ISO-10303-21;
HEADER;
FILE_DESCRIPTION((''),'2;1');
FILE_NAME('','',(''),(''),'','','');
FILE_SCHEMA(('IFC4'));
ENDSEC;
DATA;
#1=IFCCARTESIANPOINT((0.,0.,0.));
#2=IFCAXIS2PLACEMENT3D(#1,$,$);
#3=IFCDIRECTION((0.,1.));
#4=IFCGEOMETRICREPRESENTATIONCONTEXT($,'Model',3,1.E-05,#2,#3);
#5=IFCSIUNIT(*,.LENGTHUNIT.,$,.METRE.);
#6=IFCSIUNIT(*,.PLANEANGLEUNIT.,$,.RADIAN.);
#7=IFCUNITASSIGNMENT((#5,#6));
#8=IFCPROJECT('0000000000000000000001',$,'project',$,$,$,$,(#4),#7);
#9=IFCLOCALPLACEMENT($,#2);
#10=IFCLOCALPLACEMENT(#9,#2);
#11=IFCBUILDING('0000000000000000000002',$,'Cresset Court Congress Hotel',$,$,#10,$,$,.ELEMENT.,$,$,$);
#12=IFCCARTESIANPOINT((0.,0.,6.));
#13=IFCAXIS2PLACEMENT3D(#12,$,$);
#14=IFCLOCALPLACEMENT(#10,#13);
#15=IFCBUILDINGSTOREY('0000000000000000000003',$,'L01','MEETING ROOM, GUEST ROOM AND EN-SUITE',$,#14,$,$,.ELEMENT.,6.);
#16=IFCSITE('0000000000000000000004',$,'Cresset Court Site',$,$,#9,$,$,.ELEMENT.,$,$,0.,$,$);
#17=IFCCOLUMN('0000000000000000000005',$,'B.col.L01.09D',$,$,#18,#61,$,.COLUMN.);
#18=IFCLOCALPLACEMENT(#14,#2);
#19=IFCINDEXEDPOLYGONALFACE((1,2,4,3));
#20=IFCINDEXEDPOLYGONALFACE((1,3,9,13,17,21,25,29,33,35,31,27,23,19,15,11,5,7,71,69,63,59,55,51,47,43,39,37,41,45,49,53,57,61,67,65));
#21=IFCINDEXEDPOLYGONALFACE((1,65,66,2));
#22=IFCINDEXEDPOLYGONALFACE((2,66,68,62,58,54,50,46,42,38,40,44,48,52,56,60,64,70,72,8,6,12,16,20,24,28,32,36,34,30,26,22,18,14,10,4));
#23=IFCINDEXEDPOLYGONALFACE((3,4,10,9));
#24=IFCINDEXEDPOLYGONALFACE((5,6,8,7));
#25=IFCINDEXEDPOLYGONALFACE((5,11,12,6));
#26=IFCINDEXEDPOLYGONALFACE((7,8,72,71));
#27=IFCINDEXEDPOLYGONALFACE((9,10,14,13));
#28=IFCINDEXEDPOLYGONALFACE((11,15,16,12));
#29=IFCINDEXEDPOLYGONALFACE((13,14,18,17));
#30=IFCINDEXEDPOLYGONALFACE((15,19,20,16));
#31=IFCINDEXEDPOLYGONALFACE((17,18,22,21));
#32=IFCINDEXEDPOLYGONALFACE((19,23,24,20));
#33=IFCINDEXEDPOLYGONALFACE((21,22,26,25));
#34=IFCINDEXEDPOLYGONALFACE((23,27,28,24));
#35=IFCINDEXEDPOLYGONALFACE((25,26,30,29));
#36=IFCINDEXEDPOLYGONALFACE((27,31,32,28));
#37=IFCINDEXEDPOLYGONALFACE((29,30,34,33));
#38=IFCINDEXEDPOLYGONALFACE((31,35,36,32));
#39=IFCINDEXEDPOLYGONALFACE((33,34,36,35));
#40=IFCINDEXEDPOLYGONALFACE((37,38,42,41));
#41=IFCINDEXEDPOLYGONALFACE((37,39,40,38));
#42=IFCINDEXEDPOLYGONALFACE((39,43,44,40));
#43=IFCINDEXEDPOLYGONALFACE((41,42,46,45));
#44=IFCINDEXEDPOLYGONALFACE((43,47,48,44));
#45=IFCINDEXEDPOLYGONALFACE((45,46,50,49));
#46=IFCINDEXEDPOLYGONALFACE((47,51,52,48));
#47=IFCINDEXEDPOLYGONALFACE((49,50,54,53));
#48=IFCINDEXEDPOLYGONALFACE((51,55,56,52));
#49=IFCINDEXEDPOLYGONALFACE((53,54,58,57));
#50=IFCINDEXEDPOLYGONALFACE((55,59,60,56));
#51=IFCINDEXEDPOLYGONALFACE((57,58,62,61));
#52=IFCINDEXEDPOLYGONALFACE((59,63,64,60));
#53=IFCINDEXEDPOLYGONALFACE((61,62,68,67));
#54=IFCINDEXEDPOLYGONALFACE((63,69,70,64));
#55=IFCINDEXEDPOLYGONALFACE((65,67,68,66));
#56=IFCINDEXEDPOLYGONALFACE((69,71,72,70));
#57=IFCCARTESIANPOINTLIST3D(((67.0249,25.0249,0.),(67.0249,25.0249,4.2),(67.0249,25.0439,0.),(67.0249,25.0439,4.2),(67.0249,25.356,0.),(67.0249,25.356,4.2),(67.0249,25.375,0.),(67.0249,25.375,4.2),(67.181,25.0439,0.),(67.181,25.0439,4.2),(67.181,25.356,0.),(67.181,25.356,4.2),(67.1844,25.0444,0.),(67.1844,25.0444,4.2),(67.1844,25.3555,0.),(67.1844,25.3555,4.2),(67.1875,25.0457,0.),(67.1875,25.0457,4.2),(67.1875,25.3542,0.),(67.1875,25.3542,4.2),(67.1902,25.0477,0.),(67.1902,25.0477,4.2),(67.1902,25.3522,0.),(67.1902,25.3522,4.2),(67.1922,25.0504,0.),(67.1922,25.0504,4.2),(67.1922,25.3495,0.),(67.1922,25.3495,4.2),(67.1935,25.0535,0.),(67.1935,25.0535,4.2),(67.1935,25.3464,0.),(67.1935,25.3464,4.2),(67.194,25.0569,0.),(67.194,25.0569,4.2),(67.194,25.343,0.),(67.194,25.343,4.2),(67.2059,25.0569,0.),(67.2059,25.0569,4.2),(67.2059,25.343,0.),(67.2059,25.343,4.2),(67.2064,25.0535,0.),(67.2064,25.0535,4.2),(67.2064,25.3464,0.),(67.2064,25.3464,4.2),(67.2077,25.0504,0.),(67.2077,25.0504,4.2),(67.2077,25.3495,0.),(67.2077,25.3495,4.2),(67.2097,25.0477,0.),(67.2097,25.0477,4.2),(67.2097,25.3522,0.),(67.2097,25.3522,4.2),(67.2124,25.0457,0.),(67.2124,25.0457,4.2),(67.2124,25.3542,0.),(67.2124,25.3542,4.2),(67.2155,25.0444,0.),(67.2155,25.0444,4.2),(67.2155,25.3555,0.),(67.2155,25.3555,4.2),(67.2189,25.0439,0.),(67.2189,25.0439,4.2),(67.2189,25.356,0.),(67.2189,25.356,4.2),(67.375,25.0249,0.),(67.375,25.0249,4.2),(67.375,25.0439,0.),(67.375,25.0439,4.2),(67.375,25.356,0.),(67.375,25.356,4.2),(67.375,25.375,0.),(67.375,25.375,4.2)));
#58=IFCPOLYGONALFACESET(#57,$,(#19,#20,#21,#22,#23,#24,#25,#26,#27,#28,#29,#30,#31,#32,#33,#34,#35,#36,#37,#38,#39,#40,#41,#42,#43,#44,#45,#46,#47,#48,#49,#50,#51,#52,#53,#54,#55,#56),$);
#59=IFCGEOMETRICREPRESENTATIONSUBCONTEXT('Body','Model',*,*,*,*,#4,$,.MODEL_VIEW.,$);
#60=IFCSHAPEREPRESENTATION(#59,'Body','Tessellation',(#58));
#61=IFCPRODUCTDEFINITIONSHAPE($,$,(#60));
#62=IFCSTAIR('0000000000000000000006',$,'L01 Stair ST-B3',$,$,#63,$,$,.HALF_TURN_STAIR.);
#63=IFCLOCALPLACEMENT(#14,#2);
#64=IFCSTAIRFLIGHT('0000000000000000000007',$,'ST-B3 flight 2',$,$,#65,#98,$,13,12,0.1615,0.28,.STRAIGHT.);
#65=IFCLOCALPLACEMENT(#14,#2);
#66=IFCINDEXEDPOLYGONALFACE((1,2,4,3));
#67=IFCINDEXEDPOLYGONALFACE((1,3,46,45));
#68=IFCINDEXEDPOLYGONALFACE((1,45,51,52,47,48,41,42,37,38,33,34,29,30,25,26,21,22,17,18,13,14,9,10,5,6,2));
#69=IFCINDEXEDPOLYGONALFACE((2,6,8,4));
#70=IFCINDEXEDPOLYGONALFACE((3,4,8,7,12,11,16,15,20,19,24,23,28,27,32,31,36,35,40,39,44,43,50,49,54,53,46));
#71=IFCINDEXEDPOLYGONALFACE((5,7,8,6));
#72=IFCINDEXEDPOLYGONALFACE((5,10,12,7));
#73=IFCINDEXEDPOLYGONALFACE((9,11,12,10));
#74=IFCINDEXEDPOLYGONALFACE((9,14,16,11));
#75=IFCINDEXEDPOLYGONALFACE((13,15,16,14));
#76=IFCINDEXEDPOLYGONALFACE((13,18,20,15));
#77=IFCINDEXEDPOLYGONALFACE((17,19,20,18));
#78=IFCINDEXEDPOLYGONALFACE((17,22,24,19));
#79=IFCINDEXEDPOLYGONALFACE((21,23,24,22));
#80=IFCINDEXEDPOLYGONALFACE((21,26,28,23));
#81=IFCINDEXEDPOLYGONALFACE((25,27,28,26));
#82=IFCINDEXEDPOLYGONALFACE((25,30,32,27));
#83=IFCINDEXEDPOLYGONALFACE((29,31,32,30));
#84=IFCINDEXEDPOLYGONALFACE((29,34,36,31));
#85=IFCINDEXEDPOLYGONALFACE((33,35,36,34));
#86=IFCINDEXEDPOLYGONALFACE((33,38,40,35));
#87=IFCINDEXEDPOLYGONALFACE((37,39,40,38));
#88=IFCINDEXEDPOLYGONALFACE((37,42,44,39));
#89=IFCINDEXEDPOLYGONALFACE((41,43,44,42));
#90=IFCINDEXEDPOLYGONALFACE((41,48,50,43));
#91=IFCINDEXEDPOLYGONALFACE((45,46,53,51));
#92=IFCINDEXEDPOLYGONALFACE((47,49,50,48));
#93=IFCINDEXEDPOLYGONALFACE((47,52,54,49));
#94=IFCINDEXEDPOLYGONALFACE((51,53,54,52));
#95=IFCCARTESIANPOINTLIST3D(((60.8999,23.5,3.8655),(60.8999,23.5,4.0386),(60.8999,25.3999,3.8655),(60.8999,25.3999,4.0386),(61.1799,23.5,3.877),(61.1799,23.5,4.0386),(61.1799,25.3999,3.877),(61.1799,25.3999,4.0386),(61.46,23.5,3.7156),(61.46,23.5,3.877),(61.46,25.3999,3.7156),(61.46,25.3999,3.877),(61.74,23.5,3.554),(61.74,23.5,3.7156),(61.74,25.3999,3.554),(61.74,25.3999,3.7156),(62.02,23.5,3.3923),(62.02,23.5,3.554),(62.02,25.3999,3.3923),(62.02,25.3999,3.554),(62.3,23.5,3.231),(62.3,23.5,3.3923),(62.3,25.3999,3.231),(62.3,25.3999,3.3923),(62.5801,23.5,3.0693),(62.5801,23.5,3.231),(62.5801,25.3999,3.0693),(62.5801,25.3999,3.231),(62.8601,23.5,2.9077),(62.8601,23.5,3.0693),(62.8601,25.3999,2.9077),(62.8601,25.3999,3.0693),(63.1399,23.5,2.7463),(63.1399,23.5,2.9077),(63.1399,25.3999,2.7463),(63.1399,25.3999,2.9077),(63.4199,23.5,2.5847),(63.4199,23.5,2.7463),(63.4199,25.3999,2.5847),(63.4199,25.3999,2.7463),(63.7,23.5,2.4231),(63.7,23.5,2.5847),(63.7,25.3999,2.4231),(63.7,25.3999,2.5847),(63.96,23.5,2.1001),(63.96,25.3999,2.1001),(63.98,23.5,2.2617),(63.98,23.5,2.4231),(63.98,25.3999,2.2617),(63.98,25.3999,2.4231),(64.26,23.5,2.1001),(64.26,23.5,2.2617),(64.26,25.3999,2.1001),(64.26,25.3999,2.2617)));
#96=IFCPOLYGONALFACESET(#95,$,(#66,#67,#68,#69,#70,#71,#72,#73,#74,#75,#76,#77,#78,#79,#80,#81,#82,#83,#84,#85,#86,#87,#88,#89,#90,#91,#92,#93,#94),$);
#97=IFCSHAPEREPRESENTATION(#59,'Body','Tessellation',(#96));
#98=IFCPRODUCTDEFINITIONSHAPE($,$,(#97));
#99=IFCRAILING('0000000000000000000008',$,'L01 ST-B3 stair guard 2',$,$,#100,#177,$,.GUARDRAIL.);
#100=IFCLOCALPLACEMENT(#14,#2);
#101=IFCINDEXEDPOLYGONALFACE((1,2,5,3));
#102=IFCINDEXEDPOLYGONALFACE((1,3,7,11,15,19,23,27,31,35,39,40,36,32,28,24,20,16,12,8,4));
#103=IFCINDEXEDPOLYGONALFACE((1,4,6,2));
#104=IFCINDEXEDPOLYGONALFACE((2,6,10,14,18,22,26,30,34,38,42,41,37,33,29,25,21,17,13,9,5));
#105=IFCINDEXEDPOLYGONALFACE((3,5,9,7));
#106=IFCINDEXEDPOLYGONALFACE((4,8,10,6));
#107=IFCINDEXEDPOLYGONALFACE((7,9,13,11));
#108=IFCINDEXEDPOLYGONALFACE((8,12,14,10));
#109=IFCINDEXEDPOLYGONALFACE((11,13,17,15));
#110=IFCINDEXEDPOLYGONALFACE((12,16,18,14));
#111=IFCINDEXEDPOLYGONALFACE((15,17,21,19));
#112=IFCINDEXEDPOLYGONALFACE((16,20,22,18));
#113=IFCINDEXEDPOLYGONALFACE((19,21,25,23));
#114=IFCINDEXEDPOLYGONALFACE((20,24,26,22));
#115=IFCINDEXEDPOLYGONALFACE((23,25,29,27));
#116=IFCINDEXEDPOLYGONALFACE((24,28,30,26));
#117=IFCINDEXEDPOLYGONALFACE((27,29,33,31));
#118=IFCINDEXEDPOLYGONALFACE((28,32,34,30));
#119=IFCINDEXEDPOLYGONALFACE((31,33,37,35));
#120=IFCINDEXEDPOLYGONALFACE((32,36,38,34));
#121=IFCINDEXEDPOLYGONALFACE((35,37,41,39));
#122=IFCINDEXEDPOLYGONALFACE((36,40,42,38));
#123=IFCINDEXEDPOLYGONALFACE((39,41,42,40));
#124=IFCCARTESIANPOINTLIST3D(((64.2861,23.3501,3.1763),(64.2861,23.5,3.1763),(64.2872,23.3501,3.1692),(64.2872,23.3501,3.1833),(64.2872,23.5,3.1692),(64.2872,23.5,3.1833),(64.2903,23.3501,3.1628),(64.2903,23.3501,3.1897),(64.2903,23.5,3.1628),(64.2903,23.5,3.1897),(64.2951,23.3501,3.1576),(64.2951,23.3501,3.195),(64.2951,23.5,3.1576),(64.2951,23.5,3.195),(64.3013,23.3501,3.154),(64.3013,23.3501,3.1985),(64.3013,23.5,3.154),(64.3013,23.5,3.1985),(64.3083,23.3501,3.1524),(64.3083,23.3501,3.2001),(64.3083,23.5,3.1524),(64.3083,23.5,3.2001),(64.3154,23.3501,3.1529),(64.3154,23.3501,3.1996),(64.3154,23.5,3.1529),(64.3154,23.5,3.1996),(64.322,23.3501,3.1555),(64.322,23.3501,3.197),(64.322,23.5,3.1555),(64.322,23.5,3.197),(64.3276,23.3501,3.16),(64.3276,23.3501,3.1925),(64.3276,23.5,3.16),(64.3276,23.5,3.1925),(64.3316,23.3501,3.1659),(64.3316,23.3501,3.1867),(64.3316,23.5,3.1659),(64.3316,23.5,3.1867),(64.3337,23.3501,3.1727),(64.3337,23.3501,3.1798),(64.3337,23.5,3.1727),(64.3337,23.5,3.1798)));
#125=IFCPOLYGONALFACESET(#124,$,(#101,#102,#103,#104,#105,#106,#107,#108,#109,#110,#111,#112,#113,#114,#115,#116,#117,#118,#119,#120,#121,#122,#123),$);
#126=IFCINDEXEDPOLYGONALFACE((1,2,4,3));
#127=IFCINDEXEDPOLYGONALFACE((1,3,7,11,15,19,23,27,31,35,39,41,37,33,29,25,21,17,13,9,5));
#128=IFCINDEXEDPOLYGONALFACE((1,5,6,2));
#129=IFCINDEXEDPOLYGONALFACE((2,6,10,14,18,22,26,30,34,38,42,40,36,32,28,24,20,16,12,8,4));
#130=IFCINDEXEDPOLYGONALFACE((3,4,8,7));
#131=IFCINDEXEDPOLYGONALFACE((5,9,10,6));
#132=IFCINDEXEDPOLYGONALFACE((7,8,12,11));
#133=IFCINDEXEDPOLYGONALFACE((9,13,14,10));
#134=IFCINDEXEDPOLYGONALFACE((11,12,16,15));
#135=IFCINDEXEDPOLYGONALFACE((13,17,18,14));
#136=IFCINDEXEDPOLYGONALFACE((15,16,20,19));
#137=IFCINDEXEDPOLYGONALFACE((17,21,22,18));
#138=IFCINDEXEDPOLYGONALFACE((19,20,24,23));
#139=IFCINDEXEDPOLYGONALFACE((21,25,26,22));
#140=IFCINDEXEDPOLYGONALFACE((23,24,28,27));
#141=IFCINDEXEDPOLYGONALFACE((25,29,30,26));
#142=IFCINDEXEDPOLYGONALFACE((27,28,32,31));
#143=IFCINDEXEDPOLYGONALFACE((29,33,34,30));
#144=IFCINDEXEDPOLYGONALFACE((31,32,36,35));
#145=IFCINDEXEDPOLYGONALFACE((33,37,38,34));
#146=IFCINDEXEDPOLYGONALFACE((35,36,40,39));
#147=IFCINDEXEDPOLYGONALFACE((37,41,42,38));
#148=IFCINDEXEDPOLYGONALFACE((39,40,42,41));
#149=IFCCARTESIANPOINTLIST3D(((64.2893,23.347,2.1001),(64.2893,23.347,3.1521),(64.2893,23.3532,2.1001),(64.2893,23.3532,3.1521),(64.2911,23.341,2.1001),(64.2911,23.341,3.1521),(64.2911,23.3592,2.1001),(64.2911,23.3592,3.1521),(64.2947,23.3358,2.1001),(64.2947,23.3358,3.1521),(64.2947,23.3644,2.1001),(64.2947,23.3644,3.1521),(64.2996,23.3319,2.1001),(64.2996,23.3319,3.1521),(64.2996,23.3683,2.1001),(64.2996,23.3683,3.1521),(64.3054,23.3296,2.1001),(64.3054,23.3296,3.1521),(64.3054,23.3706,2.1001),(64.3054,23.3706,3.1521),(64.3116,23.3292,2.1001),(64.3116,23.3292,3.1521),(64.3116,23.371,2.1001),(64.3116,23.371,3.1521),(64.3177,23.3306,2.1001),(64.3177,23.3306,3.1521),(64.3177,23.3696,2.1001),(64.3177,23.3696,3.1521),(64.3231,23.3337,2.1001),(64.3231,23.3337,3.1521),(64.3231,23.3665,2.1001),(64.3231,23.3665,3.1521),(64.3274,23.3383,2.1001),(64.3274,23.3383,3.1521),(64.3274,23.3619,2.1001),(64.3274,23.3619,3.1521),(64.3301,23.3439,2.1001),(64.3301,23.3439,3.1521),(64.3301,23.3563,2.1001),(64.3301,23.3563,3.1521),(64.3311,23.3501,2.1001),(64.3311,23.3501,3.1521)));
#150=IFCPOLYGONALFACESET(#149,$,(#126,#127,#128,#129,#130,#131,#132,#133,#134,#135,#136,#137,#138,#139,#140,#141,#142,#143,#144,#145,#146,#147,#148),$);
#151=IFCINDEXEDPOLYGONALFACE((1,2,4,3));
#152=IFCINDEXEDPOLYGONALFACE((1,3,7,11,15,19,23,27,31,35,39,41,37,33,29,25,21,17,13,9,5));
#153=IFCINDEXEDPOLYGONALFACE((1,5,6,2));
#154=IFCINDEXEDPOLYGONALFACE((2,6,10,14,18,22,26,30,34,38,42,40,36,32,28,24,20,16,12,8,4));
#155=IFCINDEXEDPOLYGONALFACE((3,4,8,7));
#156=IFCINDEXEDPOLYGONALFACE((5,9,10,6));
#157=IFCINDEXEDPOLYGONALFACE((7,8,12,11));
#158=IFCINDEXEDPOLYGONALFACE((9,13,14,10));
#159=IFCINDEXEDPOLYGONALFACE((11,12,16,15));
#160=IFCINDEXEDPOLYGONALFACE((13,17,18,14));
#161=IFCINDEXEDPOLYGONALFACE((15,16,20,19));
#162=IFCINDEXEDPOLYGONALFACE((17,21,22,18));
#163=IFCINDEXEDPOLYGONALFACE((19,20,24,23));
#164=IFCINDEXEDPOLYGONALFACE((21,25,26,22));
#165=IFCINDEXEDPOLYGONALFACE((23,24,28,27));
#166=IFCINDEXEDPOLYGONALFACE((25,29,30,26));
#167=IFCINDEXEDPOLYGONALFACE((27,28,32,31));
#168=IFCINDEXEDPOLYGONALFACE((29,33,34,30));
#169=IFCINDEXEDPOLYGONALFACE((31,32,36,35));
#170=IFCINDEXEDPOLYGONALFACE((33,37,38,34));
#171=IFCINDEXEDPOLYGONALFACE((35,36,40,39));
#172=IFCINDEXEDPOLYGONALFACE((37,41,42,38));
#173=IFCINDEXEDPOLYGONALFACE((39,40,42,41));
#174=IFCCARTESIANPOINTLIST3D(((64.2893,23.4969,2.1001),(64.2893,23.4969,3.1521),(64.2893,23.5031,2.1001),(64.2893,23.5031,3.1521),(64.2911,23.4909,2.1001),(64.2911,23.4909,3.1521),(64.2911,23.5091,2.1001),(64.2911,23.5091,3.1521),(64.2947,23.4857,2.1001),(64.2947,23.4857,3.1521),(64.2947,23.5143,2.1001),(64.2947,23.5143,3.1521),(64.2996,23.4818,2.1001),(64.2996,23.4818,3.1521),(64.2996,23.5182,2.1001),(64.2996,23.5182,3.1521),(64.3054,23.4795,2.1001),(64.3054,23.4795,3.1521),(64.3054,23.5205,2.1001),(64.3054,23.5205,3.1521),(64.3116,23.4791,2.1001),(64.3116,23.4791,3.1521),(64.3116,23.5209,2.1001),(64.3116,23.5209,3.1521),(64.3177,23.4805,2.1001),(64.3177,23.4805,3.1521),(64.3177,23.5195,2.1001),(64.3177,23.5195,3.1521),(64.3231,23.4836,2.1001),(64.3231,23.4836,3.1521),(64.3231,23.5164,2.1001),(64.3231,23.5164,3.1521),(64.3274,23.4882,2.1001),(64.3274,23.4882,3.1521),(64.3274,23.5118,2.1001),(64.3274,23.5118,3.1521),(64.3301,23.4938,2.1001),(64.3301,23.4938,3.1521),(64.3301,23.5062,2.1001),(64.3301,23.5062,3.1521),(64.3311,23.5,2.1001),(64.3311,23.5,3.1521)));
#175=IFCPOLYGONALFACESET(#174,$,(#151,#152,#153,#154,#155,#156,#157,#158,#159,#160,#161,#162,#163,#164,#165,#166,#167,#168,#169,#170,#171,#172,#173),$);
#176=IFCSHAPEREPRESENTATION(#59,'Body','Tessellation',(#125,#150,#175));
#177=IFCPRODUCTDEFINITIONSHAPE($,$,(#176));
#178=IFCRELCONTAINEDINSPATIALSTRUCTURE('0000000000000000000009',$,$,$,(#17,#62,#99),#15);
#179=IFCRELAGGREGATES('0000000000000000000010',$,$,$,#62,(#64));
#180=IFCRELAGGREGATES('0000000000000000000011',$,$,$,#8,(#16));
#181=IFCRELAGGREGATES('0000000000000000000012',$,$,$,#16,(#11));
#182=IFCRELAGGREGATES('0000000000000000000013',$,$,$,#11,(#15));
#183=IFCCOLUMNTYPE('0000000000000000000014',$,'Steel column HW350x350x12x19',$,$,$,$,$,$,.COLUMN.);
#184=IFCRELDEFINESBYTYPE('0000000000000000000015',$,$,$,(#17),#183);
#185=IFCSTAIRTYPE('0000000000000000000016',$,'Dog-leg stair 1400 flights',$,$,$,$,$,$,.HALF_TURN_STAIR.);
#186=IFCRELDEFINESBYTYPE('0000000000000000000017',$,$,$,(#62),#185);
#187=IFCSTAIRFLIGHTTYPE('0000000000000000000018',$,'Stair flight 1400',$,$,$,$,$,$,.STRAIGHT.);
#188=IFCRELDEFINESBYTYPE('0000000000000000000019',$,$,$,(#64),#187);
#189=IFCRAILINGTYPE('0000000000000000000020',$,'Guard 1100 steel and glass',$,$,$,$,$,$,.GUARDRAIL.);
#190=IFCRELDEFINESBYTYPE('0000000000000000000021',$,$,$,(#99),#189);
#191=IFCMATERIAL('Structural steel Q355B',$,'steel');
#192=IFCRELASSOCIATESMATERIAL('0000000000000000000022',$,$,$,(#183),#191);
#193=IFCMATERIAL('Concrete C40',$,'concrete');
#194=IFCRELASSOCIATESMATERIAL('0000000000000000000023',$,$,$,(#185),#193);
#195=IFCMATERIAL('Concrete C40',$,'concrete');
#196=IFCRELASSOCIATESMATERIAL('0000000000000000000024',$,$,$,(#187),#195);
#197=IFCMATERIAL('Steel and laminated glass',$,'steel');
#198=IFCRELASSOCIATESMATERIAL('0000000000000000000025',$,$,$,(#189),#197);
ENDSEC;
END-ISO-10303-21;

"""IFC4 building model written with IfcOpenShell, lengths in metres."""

from ifc_helpers import new_model, si_unit, direction, frame, origin, origin_2d, place, context, subcontext, project, spatial, polyline, circle, i_section, outline, extrude, material, material_profile, profile_set, type_object, element, aggregate, save


model = new_model("IFC4")

# Units and contexts
model_context = context("Model", 3, precision=1e-05, world=origin(), true_north=direction((0.0, 1.0)))
body_context = subcontext(model_context, "Body", "Model", "MODEL_VIEW")
ifc_project = project(units=[si_unit("LENGTHUNIT", "METRE"), si_unit("PLANEANGLEUNIT", "RADIAN")], contexts=[model_context])

# Site, building, storey
site_placement = place(None, origin())
site = spatial("IfcSite", under=ifc_project, at=site_placement, Name="Cresset Court Site", CompositionType="ELEMENT", RefElevation=0.0)
building_placement = place(site_placement, origin())
building = spatial("IfcBuilding", under=site, at=building_placement, Name="Cresset Court Congress Hotel", CompositionType="ELEMENT")
storey_placement = place(building_placement, frame((0.0, 0.0, 6.0)))
storey = spatial("IfcBuildingStorey", under=building, at=storey_placement, Name="L01", Description="MEETING ROOM, GUEST ROOM AND EN-SUITE", CompositionType="ELEMENT", Elevation=6.0)

# Column
ifc_material_1 = material(Name="Structural steel Q355B", Category="steel")
ifc_material_profile = material_profile(ifc_material_1, i_section(OverallWidth=0.3501, OverallDepth=0.3501, WebThickness=0.012, FlangeThickness=0.019, FilletRadius=0.0129, at=origin_2d()), Name="HW350x350x12x19")
ifc_profile_set = profile_set([ifc_material_profile], Name="Structural steel Q355B")
column_type = type_object("IfcColumnType", Name="Steel column HW350x350x12x19", PredefinedType="COLUMN", material=ifc_profile_set)
column_placement = place(storey_placement, frame((67.2, 25.2, 0.0), z_axis=(0.0, 0.0, 1.0), x_axis=(1.0, 0.0, 0.0)))
element("IfcColumn", 1, at=column_placement, inside=storey, type_object=column_type, Name="B.col.L01.09D", PredefinedType="COLUMN", context=body_context, shape_type="SweptSolid", body=[
    extrude(i_section(OverallWidth=0.3501, OverallDepth=0.3501, WebThickness=0.012, FlangeThickness=0.019, FilletRadius=0.0129, at=origin_2d()), origin(), (0.0, 0.0, 1.0), 4.2),
])

# Stair, stair flight
ifc_material_2 = material(Name="Concrete C40", Category="concrete")
stair_type = type_object("IfcStairType", Name="Dog-leg stair 1400 flights", PredefinedType="HALF_TURN_STAIR", material=ifc_material_2)
stair_placement = place(storey_placement, origin())
stair = element("IfcStair", 2, at=stair_placement, inside=storey, type_object=stair_type, Name="L01 Stair ST-B3", PredefinedType="HALF_TURN_STAIR")
ifc_material_3 = material(Name="Concrete C40", Category="concrete")
stair_flight_type = type_object("IfcStairFlightType", Name="Stair flight 1400", PredefinedType="STRAIGHT", material=ifc_material_3)
stair_flight_placement = place(storey_placement, frame((64.26, 24.45, 2.1001), z_axis=(0.0, 0.0, 1.0), x_axis=(-1.0, 0.0, 0.0)))
stair_flight = element("IfcStairFlight", 3, at=stair_flight_placement, type_object=stair_flight_type, Name="ST-B3 flight 2", NumberOfRisers=13, NumberOfTreads=12, PredefinedType="STRAIGHT", RiserHeight=0.1615, TreadLength=0.28, context=body_context, shape_type="SweptSolid", body=[
    extrude(outline(polyline([(0.0, 0.0), (0.0, 0.1616), (0.28, 0.1616), (0.28, 0.323), (0.5601, 0.323), (0.5601, 0.4846), (0.8401, 0.4846), (0.8401, 0.6462), (1.1201, 0.6462), (1.1201, 0.8076), (1.3999, 0.8076), (1.3999, 0.9692), (1.6799, 0.9692), (1.6799, 1.1309), (1.96, 1.1309), (1.96, 1.2922), (2.24, 1.2922), (2.24, 1.4539), (2.52, 1.4539), (2.52, 1.6155), (2.8, 1.6155), (2.8, 1.7769), (3.0801, 1.7769), (3.0801, 1.9385), (3.3601, 1.9385), (3.3601, 2.1001), (3.3601, 1.7654), (0.3, 0.0), (0.0, 0.0)])), frame((0.0, 0.95, 0.0), z_axis=(0.0, -1.0, 0.0), x_axis=(1.0, 0.0, 0.0)), (0.0, 0.0, 1.0), 1.8999),
])
aggregate(stair, [stair_flight])

# Railing
ifc_material_4 = material(Name="Steel and laminated glass", Category="steel")
railing_type_1 = type_object("IfcRailingType", Name="Guard 1100 steel and glass", PredefinedType="GUARDRAIL", material=ifc_material_4)
railing_1_placement = place(storey_placement, frame((64.3101, 23.3501, 2.1001)))
element("IfcRailing", 4, at=railing_1_placement, inside=storey, type_object=railing_type_1, Name="L01 ST-B3 stair guard 2", PredefinedType="GUARDRAIL", context=body_context, shape_type="SweptSolid", body=[
    extrude(circle(Radius=0.0239, at=origin_2d()), frame((0.0, 0.0, 1.0762), z_axis=(0.0, 1.0, 0.0), x_axis=(-1.0, 0.0, 0.0)), (0.0, 0.0, 1.0), 0.1499),
    extrude(circle(Radius=0.021, at=origin_2d()), origin(), (0.0, 0.0, 1.0), 1.052),
    extrude(circle(Radius=0.021, at=origin_2d()), frame((0.0, 0.1499, 0.0)), (0.0, 0.0, 1.0), 1.052),
])

save(model, "model.ifc")
